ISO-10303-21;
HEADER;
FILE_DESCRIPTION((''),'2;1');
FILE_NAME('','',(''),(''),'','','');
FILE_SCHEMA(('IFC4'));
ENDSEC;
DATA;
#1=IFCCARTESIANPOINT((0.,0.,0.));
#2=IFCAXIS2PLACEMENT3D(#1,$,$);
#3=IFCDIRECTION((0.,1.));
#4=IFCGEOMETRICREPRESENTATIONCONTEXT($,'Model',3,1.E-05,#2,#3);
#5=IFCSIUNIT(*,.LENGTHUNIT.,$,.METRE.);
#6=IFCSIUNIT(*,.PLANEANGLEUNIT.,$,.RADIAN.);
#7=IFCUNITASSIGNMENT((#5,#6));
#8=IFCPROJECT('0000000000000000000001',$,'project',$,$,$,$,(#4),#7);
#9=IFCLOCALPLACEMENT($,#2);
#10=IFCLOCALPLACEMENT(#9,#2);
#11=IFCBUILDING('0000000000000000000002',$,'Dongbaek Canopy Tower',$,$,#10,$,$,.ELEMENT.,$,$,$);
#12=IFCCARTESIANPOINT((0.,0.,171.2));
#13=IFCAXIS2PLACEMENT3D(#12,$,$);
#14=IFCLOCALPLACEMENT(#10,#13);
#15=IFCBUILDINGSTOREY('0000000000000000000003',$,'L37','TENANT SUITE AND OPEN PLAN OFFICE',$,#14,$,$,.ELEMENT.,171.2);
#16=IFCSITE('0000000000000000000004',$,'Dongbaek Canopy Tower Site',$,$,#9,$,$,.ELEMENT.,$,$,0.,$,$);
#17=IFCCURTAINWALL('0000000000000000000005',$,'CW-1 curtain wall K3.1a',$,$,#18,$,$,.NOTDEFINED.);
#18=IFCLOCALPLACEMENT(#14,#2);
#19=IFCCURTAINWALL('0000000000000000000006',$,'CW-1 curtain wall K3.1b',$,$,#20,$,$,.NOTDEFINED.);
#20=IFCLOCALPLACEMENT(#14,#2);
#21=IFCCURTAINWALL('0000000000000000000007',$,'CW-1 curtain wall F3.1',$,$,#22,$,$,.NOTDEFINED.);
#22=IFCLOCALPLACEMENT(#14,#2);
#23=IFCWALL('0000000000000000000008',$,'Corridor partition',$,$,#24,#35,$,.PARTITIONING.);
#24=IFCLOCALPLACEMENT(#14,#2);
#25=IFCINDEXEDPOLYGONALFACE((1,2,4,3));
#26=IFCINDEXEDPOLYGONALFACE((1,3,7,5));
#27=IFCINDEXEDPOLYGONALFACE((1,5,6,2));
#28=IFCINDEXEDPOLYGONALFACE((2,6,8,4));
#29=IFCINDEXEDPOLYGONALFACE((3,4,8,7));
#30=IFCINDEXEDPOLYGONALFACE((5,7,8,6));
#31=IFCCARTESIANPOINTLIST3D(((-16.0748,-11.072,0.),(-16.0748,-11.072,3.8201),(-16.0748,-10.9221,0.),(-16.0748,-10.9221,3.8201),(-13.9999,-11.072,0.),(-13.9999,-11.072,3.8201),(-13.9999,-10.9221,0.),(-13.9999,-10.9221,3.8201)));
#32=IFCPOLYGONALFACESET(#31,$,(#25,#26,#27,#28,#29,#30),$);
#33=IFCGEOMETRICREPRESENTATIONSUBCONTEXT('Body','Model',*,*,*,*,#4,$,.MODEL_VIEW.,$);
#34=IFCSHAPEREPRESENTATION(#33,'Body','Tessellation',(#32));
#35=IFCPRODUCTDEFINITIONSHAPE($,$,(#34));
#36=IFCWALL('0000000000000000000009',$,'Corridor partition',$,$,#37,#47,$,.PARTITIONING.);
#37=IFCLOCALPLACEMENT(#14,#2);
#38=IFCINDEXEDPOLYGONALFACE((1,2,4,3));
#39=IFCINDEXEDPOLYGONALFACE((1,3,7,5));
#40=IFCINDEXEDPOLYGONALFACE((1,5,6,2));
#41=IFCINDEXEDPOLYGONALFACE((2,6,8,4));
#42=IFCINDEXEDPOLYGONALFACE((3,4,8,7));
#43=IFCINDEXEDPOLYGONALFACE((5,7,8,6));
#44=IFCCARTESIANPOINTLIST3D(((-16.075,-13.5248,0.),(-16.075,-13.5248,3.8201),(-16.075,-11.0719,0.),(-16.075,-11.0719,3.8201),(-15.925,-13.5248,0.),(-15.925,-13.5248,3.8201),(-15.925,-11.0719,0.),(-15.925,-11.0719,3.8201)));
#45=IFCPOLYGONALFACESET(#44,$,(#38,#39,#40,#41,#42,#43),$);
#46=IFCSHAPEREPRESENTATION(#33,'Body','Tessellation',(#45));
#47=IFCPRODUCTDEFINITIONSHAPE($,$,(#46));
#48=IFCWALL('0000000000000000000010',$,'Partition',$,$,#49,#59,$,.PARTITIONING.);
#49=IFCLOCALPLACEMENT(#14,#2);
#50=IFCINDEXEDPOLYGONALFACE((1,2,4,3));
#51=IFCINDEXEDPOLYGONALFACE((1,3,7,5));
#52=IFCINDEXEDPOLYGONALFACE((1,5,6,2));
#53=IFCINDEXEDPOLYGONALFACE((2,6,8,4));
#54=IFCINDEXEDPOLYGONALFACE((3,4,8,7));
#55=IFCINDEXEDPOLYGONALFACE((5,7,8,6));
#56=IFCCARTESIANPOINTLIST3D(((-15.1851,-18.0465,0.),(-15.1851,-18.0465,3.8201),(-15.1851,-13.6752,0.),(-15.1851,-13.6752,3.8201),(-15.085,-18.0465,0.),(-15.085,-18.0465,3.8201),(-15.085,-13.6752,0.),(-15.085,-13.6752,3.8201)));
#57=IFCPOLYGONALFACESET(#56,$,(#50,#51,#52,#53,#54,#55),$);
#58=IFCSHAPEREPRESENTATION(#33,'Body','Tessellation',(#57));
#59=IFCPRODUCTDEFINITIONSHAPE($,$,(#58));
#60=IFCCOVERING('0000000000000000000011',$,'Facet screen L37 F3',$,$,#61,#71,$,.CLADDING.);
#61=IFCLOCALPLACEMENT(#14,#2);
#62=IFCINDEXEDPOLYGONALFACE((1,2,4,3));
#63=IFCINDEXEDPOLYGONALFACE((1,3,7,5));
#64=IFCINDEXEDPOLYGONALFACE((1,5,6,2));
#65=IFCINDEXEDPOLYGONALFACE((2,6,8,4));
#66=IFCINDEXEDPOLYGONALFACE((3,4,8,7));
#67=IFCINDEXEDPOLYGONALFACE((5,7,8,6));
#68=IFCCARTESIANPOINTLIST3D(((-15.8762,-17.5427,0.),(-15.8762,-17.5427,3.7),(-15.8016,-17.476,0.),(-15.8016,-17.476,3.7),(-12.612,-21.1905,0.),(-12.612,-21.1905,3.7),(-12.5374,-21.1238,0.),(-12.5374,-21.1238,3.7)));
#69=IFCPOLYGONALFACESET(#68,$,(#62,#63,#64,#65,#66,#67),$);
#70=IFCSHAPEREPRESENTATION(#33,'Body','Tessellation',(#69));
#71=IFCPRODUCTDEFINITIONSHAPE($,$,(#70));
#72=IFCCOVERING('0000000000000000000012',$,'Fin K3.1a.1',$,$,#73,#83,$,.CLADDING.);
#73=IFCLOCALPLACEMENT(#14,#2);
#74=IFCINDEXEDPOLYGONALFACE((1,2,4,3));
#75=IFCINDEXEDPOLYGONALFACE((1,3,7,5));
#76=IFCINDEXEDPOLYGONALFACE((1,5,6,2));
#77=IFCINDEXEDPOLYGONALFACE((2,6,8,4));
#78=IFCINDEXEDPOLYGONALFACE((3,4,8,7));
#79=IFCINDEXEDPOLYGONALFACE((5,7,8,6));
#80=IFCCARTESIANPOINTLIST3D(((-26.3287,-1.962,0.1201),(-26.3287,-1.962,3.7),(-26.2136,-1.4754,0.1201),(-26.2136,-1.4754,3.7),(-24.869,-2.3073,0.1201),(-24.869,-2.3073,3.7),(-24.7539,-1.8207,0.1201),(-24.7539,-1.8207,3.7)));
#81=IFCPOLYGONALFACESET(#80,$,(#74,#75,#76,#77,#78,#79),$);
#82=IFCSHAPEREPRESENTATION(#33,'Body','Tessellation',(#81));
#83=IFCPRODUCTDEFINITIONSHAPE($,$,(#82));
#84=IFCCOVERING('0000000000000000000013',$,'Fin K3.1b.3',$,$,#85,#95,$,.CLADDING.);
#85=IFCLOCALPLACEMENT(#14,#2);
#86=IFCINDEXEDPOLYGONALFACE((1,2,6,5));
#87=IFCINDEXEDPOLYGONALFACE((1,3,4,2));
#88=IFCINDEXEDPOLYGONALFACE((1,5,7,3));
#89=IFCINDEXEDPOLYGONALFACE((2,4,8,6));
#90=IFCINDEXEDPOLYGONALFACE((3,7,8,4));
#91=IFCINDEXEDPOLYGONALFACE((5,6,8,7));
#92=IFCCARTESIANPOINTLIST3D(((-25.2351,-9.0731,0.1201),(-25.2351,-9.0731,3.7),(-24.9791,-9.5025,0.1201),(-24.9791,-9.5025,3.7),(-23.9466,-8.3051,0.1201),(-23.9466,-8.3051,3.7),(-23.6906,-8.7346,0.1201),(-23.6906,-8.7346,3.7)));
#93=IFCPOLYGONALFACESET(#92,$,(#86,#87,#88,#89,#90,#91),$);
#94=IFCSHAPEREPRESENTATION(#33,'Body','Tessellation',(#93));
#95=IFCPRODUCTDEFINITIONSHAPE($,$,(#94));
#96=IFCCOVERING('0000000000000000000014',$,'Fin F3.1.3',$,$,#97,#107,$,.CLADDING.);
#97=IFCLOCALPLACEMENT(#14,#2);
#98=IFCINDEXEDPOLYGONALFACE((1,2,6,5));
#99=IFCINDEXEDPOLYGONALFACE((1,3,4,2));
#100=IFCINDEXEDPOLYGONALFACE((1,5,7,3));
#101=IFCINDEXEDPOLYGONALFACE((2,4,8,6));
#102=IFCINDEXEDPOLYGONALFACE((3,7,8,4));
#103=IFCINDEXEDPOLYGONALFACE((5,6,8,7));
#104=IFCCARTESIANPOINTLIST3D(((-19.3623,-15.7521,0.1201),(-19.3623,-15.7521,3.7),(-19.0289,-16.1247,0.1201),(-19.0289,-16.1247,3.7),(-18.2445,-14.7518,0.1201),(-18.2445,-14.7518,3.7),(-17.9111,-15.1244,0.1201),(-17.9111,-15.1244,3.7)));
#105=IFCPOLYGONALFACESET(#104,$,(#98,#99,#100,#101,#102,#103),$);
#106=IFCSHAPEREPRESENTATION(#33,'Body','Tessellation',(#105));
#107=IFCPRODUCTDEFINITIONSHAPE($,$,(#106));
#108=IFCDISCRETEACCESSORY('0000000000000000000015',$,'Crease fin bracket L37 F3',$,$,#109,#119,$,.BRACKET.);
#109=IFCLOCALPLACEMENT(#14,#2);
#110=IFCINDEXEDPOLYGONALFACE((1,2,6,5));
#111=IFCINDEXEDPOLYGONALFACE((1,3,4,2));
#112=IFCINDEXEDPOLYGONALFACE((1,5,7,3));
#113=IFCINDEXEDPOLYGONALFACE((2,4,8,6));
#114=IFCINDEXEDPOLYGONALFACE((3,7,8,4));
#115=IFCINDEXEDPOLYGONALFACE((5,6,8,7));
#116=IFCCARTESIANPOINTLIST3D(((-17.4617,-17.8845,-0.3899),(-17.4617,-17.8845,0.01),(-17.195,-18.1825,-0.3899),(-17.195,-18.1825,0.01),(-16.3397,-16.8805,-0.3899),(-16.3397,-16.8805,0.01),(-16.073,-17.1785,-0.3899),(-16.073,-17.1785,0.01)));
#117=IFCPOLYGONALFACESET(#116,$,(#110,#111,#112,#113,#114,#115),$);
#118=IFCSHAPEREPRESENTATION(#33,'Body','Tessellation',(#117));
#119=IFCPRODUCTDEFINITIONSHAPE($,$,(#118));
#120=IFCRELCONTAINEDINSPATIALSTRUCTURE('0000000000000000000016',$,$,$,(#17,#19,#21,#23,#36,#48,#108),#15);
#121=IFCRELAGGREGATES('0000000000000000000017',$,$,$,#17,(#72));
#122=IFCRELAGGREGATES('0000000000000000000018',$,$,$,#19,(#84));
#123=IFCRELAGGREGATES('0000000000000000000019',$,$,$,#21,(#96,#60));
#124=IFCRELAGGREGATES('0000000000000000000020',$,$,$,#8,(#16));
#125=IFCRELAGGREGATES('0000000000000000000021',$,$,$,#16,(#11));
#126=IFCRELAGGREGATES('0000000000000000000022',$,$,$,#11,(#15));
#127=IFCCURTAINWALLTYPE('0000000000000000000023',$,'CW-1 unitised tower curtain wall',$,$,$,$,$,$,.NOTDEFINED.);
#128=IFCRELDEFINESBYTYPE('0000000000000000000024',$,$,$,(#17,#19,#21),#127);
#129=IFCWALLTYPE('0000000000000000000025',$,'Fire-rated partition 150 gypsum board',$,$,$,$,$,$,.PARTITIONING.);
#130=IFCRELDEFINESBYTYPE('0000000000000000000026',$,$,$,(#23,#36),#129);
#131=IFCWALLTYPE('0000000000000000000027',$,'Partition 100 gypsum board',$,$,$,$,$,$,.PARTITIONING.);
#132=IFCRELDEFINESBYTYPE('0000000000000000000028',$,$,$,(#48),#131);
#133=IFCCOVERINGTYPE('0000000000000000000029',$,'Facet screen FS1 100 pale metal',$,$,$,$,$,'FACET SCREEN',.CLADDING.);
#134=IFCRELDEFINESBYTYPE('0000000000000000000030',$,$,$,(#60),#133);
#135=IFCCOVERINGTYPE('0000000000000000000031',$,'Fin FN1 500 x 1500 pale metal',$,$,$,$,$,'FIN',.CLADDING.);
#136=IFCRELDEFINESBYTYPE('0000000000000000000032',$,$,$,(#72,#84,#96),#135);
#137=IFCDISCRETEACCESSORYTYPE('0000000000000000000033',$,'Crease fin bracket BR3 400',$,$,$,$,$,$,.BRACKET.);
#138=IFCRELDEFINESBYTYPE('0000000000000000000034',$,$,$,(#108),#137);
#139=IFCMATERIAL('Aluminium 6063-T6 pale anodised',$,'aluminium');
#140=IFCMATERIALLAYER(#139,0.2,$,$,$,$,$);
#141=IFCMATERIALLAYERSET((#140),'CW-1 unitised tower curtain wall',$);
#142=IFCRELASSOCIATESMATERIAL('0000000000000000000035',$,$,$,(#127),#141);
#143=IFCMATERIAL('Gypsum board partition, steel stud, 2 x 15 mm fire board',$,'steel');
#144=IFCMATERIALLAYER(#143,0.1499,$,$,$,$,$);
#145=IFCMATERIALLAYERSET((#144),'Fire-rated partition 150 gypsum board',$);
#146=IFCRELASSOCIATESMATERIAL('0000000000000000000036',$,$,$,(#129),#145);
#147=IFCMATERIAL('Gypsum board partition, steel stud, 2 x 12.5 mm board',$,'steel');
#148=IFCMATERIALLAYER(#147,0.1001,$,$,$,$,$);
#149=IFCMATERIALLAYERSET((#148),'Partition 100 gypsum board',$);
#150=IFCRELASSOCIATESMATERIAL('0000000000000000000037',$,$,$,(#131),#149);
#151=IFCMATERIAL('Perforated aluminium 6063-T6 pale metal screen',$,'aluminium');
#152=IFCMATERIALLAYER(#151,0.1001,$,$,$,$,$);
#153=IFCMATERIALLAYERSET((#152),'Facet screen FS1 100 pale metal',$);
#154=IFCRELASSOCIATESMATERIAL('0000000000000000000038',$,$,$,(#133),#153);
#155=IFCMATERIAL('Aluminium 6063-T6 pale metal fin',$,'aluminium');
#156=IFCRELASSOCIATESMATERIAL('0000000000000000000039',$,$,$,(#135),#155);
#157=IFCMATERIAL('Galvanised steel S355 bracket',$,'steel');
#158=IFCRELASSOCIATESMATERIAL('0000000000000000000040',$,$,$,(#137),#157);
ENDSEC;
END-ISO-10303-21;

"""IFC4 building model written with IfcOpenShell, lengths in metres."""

from ifc_helpers import new_model, si_unit, direction, frame, frame_2d, origin, origin_2d, place, context, subcontext, project, spatial, rectangle, extrude, material, layer, layer_set, material_profile, profile_set, type_object, element, aggregate, save


model = new_model("IFC4")

# Units and contexts
model_context = context("Model", 3, precision=1e-05, world=origin(), true_north=direction((0.0, 1.0)))
body_context = subcontext(model_context, "Body", "Model", "MODEL_VIEW")
ifc_project = project(units=[si_unit("LENGTHUNIT", "METRE"), si_unit("PLANEANGLEUNIT", "RADIAN")], contexts=[model_context])

# Site, building, storey
site_placement = place(None, origin())
site = spatial("IfcSite", under=ifc_project, at=site_placement, Name="Dongbaek Canopy Tower Site", CompositionType="ELEMENT", RefElevation=0.0)
building_placement = place(site_placement, origin())
building = spatial("IfcBuilding", under=site, at=building_placement, Name="Dongbaek Canopy Tower", CompositionType="ELEMENT")
storey_placement = place(building_placement, frame((0.0, 0.0, 171.2)))
storey = spatial("IfcBuildingStorey", under=building, at=storey_placement, Name="L37", Description="TENANT SUITE AND OPEN PLAN OFFICE", CompositionType="ELEMENT", Elevation=171.2)

# Shared definitions
ifc_material_1 = material(Name="Aluminium 6063-T6 pale anodised", Category="aluminium")
ifc_layer_1 = layer(ifc_material_1, 0.2)
ifc_layer_set_1 = layer_set([ifc_layer_1], Name="CW-1 unitised tower curtain wall")
curtain_wall_type = type_object("IfcCurtainWallType", Name="CW-1 unitised tower curtain wall", PredefinedType="NOTDEFINED", material=ifc_layer_set_1)

# Curtain walls
curtain_wall_1_placement = place(storey_placement, origin())
curtain_wall_1 = element("IfcCurtainWall", 1, at=curtain_wall_1_placement, inside=storey, type_object=curtain_wall_type, Name="CW-1 curtain wall K3.1a", PredefinedType="NOTDEFINED")
curtain_wall_2_placement = place(storey_placement, origin())
curtain_wall_2 = element("IfcCurtainWall", 2, at=curtain_wall_2_placement, inside=storey, type_object=curtain_wall_type, Name="CW-1 curtain wall K3.1b", PredefinedType="NOTDEFINED")
curtain_wall_3_placement = place(storey_placement, origin())
curtain_wall_3 = element("IfcCurtainWall", 3, at=curtain_wall_3_placement, inside=storey, type_object=curtain_wall_type, Name="CW-1 curtain wall F3.1", PredefinedType="NOTDEFINED")

# Walls
ifc_material_2 = material(Name="Gypsum board partition, steel stud, 2 x 15 mm fire board", Category="steel")
ifc_layer_2 = layer(ifc_material_2, 0.1499)
ifc_layer_set_2 = layer_set([ifc_layer_2], Name="Fire-rated partition 150 gypsum board")
wall_type_1 = type_object("IfcWallType", Name="Fire-rated partition 150 gypsum board", PredefinedType="PARTITIONING", material=ifc_layer_set_2)
wall_1_placement = place(storey_placement, frame((-16.075, -10.9971, 0.0), z_axis=(0.0, 0.0, 1.0), x_axis=(1.0, 0.0, 0.0)))
element("IfcWall", 4, at=wall_1_placement, inside=storey, type_object=wall_type_1, Name="Corridor partition", PredefinedType="PARTITIONING", context=body_context, shape_type="SweptSolid", body=[
    extrude(rectangle(XDim=2.075, YDim=0.1499, at=frame_2d((1.0376, 0.0))), origin(), (0.0, 0.0, 1.0), 3.8201),
])
wall_2_placement = place(storey_placement, frame((-16.0, -13.5249, 0.0), z_axis=(0.0, 0.0, 1.0), x_axis=(0.0, 1.0, 0.0)))
element("IfcWall", 5, at=wall_2_placement, inside=storey, type_object=wall_type_1, Name="Corridor partition", PredefinedType="PARTITIONING", context=body_context, shape_type="SweptSolid", body=[
    extrude(rectangle(XDim=2.4529, YDim=0.1499, at=frame_2d((1.2266, 0.0))), origin(), (0.0, 0.0, 1.0), 3.8201),
])
ifc_material_3 = material(Name="Gypsum board partition, steel stud, 2 x 12.5 mm board", Category="steel")
ifc_layer_3 = layer(ifc_material_3, 0.1001)
ifc_layer_set_3 = layer_set([ifc_layer_3], Name="Partition 100 gypsum board")
wall_type_2 = type_object("IfcWallType", Name="Partition 100 gypsum board", PredefinedType="PARTITIONING", material=ifc_layer_set_3)
wall_3_placement = place(storey_placement, frame((-15.135, -18.0464, 0.0), z_axis=(0.0, 0.0, 1.0), x_axis=(0.0, 1.0, 0.0)))
element("IfcWall", 6, at=wall_3_placement, inside=storey, type_object=wall_type_2, Name="Partition", PredefinedType="PARTITIONING", context=body_context, shape_type="SweptSolid", body=[
    extrude(rectangle(XDim=4.3713, YDim=0.1001, at=frame_2d((2.1855, 0.0))), origin(), (0.0, 0.0, 1.0), 3.8201),
])

# Coverings
ifc_material_4 = material(Name="Perforated aluminium 6063-T6 pale metal screen", Category="aluminium")
ifc_layer_4 = layer(ifc_material_4, 0.1001)
ifc_layer_set_4 = layer_set([ifc_layer_4], Name="Facet screen FS1 100 pale metal")
covering_type_1 = type_object("IfcCoveringType", Name="Facet screen FS1 100 pale metal", ElementType="FACET SCREEN", PredefinedType="CLADDING", material=ifc_layer_set_4)
covering_1_placement = place(storey_placement, frame((-14.2068, -19.3333, 0.0), z_axis=(0.0, 0.0, 1.0), x_axis=(0.666829, -0.745211, 0.0)))
covering_1 = element("IfcCovering", 7, at=covering_1_placement, type_object=covering_type_1, Name="Facet screen L37 F3", PredefinedType="CLADDING", context=body_context, shape_type="SweptSolid", body=[
    extrude(rectangle(XDim=4.895, YDim=0.1001, at=origin_2d()), origin(), (0.0, 0.0, 1.0), 3.7),
])
ifc_material_5 = material(Name="Aluminium 6063-T6 pale metal fin", Category="aluminium")
ifc_material_profile_1 = material_profile(ifc_material_5, rectangle(XDim=1.5, YDim=0.5, at=origin_2d()), Name="Fin FN1 500 x 1500 pale metal")
ifc_profile_set_1 = profile_set([ifc_material_profile_1], Name="Aluminium 6063-T6 pale metal fin")
covering_type_2 = type_object("IfcCoveringType", Name="Fin FN1 500 x 1500 pale metal", ElementType="FIN", PredefinedType="CLADDING", material=ifc_profile_set_1)
covering_2_placement = place(storey_placement, frame((-25.5413, -1.8914, 0.1201), z_axis=(0.0, 0.0, 1.0), x_axis=(-0.973142, 0.230206, 0.0)))
covering_2 = element("IfcCovering", 8, at=covering_2_placement, type_object=covering_type_2, Name="Fin K3.1a.1", PredefinedType="CLADDING", context=body_context, shape_type="SweptSolid", body=[
    extrude(rectangle(XDim=1.5, YDim=0.5, at=origin_2d()), origin(), (0.0, 0.0, 1.0), 3.5798),
])
aggregate(curtain_wall_1, [covering_2])
covering_3_placement = place(storey_placement, frame((-24.4629, -8.9038, 0.1201), z_axis=(0.0, 0.0, 1.0), x_axis=(-0.858992, -0.511989, 0.0)))
covering_3 = element("IfcCovering", 9, at=covering_3_placement, type_object=covering_type_2, Name="Fin K3.1b.3", PredefinedType="CLADDING", context=body_context, shape_type="SweptSolid", body=[
    extrude(rectangle(XDim=1.5, YDim=0.5, at=origin_2d()), origin(), (0.0, 0.0, 1.0), 3.5798),
])
aggregate(curtain_wall_2, [covering_3])
covering_4_placement = place(storey_placement, frame((-18.6367, -15.4382, 0.1201), z_axis=(0.0, 0.0, 1.0), x_axis=(-0.745211, -0.666829, 0.0)))
covering_4 = element("IfcCovering", 10, at=covering_4_placement, type_object=covering_type_2, Name="Fin F3.1.3", PredefinedType="CLADDING", context=body_context, shape_type="SweptSolid", body=[
    extrude(rectangle(XDim=1.5, YDim=0.5, at=origin_2d()), origin(), (0.0, 0.0, 1.0), 3.5798),
])
aggregate(curtain_wall_3, [covering_4, covering_1])

# Discrete accessory
ifc_material_6 = material(Name="Galvanised steel S355 bracket", Category="steel")
discrete_accessory_type = type_object("IfcDiscreteAccessoryType", Name="Crease fin bracket BR3 400", PredefinedType="BRACKET", material=ifc_material_6)
discrete_accessory_placement = place(storey_placement, frame((-16.7673, -17.5315, -0.3899), z_axis=(0.0, 0.0, 1.0), x_axis=(-0.745211, -0.666829, 0.0)))
element("IfcDiscreteAccessory", 11, at=discrete_accessory_placement, inside=storey, type_object=discrete_accessory_type, Name="Crease fin bracket L37 F3", PredefinedType="BRACKET", context=body_context, shape_type="SweptSolid", body=[
    extrude(rectangle(XDim=1.5056, YDim=0.3999, at=origin_2d()), origin(), (0.0, 0.0, 1.0), 0.3999),
])

save(model, "model.ifc")
